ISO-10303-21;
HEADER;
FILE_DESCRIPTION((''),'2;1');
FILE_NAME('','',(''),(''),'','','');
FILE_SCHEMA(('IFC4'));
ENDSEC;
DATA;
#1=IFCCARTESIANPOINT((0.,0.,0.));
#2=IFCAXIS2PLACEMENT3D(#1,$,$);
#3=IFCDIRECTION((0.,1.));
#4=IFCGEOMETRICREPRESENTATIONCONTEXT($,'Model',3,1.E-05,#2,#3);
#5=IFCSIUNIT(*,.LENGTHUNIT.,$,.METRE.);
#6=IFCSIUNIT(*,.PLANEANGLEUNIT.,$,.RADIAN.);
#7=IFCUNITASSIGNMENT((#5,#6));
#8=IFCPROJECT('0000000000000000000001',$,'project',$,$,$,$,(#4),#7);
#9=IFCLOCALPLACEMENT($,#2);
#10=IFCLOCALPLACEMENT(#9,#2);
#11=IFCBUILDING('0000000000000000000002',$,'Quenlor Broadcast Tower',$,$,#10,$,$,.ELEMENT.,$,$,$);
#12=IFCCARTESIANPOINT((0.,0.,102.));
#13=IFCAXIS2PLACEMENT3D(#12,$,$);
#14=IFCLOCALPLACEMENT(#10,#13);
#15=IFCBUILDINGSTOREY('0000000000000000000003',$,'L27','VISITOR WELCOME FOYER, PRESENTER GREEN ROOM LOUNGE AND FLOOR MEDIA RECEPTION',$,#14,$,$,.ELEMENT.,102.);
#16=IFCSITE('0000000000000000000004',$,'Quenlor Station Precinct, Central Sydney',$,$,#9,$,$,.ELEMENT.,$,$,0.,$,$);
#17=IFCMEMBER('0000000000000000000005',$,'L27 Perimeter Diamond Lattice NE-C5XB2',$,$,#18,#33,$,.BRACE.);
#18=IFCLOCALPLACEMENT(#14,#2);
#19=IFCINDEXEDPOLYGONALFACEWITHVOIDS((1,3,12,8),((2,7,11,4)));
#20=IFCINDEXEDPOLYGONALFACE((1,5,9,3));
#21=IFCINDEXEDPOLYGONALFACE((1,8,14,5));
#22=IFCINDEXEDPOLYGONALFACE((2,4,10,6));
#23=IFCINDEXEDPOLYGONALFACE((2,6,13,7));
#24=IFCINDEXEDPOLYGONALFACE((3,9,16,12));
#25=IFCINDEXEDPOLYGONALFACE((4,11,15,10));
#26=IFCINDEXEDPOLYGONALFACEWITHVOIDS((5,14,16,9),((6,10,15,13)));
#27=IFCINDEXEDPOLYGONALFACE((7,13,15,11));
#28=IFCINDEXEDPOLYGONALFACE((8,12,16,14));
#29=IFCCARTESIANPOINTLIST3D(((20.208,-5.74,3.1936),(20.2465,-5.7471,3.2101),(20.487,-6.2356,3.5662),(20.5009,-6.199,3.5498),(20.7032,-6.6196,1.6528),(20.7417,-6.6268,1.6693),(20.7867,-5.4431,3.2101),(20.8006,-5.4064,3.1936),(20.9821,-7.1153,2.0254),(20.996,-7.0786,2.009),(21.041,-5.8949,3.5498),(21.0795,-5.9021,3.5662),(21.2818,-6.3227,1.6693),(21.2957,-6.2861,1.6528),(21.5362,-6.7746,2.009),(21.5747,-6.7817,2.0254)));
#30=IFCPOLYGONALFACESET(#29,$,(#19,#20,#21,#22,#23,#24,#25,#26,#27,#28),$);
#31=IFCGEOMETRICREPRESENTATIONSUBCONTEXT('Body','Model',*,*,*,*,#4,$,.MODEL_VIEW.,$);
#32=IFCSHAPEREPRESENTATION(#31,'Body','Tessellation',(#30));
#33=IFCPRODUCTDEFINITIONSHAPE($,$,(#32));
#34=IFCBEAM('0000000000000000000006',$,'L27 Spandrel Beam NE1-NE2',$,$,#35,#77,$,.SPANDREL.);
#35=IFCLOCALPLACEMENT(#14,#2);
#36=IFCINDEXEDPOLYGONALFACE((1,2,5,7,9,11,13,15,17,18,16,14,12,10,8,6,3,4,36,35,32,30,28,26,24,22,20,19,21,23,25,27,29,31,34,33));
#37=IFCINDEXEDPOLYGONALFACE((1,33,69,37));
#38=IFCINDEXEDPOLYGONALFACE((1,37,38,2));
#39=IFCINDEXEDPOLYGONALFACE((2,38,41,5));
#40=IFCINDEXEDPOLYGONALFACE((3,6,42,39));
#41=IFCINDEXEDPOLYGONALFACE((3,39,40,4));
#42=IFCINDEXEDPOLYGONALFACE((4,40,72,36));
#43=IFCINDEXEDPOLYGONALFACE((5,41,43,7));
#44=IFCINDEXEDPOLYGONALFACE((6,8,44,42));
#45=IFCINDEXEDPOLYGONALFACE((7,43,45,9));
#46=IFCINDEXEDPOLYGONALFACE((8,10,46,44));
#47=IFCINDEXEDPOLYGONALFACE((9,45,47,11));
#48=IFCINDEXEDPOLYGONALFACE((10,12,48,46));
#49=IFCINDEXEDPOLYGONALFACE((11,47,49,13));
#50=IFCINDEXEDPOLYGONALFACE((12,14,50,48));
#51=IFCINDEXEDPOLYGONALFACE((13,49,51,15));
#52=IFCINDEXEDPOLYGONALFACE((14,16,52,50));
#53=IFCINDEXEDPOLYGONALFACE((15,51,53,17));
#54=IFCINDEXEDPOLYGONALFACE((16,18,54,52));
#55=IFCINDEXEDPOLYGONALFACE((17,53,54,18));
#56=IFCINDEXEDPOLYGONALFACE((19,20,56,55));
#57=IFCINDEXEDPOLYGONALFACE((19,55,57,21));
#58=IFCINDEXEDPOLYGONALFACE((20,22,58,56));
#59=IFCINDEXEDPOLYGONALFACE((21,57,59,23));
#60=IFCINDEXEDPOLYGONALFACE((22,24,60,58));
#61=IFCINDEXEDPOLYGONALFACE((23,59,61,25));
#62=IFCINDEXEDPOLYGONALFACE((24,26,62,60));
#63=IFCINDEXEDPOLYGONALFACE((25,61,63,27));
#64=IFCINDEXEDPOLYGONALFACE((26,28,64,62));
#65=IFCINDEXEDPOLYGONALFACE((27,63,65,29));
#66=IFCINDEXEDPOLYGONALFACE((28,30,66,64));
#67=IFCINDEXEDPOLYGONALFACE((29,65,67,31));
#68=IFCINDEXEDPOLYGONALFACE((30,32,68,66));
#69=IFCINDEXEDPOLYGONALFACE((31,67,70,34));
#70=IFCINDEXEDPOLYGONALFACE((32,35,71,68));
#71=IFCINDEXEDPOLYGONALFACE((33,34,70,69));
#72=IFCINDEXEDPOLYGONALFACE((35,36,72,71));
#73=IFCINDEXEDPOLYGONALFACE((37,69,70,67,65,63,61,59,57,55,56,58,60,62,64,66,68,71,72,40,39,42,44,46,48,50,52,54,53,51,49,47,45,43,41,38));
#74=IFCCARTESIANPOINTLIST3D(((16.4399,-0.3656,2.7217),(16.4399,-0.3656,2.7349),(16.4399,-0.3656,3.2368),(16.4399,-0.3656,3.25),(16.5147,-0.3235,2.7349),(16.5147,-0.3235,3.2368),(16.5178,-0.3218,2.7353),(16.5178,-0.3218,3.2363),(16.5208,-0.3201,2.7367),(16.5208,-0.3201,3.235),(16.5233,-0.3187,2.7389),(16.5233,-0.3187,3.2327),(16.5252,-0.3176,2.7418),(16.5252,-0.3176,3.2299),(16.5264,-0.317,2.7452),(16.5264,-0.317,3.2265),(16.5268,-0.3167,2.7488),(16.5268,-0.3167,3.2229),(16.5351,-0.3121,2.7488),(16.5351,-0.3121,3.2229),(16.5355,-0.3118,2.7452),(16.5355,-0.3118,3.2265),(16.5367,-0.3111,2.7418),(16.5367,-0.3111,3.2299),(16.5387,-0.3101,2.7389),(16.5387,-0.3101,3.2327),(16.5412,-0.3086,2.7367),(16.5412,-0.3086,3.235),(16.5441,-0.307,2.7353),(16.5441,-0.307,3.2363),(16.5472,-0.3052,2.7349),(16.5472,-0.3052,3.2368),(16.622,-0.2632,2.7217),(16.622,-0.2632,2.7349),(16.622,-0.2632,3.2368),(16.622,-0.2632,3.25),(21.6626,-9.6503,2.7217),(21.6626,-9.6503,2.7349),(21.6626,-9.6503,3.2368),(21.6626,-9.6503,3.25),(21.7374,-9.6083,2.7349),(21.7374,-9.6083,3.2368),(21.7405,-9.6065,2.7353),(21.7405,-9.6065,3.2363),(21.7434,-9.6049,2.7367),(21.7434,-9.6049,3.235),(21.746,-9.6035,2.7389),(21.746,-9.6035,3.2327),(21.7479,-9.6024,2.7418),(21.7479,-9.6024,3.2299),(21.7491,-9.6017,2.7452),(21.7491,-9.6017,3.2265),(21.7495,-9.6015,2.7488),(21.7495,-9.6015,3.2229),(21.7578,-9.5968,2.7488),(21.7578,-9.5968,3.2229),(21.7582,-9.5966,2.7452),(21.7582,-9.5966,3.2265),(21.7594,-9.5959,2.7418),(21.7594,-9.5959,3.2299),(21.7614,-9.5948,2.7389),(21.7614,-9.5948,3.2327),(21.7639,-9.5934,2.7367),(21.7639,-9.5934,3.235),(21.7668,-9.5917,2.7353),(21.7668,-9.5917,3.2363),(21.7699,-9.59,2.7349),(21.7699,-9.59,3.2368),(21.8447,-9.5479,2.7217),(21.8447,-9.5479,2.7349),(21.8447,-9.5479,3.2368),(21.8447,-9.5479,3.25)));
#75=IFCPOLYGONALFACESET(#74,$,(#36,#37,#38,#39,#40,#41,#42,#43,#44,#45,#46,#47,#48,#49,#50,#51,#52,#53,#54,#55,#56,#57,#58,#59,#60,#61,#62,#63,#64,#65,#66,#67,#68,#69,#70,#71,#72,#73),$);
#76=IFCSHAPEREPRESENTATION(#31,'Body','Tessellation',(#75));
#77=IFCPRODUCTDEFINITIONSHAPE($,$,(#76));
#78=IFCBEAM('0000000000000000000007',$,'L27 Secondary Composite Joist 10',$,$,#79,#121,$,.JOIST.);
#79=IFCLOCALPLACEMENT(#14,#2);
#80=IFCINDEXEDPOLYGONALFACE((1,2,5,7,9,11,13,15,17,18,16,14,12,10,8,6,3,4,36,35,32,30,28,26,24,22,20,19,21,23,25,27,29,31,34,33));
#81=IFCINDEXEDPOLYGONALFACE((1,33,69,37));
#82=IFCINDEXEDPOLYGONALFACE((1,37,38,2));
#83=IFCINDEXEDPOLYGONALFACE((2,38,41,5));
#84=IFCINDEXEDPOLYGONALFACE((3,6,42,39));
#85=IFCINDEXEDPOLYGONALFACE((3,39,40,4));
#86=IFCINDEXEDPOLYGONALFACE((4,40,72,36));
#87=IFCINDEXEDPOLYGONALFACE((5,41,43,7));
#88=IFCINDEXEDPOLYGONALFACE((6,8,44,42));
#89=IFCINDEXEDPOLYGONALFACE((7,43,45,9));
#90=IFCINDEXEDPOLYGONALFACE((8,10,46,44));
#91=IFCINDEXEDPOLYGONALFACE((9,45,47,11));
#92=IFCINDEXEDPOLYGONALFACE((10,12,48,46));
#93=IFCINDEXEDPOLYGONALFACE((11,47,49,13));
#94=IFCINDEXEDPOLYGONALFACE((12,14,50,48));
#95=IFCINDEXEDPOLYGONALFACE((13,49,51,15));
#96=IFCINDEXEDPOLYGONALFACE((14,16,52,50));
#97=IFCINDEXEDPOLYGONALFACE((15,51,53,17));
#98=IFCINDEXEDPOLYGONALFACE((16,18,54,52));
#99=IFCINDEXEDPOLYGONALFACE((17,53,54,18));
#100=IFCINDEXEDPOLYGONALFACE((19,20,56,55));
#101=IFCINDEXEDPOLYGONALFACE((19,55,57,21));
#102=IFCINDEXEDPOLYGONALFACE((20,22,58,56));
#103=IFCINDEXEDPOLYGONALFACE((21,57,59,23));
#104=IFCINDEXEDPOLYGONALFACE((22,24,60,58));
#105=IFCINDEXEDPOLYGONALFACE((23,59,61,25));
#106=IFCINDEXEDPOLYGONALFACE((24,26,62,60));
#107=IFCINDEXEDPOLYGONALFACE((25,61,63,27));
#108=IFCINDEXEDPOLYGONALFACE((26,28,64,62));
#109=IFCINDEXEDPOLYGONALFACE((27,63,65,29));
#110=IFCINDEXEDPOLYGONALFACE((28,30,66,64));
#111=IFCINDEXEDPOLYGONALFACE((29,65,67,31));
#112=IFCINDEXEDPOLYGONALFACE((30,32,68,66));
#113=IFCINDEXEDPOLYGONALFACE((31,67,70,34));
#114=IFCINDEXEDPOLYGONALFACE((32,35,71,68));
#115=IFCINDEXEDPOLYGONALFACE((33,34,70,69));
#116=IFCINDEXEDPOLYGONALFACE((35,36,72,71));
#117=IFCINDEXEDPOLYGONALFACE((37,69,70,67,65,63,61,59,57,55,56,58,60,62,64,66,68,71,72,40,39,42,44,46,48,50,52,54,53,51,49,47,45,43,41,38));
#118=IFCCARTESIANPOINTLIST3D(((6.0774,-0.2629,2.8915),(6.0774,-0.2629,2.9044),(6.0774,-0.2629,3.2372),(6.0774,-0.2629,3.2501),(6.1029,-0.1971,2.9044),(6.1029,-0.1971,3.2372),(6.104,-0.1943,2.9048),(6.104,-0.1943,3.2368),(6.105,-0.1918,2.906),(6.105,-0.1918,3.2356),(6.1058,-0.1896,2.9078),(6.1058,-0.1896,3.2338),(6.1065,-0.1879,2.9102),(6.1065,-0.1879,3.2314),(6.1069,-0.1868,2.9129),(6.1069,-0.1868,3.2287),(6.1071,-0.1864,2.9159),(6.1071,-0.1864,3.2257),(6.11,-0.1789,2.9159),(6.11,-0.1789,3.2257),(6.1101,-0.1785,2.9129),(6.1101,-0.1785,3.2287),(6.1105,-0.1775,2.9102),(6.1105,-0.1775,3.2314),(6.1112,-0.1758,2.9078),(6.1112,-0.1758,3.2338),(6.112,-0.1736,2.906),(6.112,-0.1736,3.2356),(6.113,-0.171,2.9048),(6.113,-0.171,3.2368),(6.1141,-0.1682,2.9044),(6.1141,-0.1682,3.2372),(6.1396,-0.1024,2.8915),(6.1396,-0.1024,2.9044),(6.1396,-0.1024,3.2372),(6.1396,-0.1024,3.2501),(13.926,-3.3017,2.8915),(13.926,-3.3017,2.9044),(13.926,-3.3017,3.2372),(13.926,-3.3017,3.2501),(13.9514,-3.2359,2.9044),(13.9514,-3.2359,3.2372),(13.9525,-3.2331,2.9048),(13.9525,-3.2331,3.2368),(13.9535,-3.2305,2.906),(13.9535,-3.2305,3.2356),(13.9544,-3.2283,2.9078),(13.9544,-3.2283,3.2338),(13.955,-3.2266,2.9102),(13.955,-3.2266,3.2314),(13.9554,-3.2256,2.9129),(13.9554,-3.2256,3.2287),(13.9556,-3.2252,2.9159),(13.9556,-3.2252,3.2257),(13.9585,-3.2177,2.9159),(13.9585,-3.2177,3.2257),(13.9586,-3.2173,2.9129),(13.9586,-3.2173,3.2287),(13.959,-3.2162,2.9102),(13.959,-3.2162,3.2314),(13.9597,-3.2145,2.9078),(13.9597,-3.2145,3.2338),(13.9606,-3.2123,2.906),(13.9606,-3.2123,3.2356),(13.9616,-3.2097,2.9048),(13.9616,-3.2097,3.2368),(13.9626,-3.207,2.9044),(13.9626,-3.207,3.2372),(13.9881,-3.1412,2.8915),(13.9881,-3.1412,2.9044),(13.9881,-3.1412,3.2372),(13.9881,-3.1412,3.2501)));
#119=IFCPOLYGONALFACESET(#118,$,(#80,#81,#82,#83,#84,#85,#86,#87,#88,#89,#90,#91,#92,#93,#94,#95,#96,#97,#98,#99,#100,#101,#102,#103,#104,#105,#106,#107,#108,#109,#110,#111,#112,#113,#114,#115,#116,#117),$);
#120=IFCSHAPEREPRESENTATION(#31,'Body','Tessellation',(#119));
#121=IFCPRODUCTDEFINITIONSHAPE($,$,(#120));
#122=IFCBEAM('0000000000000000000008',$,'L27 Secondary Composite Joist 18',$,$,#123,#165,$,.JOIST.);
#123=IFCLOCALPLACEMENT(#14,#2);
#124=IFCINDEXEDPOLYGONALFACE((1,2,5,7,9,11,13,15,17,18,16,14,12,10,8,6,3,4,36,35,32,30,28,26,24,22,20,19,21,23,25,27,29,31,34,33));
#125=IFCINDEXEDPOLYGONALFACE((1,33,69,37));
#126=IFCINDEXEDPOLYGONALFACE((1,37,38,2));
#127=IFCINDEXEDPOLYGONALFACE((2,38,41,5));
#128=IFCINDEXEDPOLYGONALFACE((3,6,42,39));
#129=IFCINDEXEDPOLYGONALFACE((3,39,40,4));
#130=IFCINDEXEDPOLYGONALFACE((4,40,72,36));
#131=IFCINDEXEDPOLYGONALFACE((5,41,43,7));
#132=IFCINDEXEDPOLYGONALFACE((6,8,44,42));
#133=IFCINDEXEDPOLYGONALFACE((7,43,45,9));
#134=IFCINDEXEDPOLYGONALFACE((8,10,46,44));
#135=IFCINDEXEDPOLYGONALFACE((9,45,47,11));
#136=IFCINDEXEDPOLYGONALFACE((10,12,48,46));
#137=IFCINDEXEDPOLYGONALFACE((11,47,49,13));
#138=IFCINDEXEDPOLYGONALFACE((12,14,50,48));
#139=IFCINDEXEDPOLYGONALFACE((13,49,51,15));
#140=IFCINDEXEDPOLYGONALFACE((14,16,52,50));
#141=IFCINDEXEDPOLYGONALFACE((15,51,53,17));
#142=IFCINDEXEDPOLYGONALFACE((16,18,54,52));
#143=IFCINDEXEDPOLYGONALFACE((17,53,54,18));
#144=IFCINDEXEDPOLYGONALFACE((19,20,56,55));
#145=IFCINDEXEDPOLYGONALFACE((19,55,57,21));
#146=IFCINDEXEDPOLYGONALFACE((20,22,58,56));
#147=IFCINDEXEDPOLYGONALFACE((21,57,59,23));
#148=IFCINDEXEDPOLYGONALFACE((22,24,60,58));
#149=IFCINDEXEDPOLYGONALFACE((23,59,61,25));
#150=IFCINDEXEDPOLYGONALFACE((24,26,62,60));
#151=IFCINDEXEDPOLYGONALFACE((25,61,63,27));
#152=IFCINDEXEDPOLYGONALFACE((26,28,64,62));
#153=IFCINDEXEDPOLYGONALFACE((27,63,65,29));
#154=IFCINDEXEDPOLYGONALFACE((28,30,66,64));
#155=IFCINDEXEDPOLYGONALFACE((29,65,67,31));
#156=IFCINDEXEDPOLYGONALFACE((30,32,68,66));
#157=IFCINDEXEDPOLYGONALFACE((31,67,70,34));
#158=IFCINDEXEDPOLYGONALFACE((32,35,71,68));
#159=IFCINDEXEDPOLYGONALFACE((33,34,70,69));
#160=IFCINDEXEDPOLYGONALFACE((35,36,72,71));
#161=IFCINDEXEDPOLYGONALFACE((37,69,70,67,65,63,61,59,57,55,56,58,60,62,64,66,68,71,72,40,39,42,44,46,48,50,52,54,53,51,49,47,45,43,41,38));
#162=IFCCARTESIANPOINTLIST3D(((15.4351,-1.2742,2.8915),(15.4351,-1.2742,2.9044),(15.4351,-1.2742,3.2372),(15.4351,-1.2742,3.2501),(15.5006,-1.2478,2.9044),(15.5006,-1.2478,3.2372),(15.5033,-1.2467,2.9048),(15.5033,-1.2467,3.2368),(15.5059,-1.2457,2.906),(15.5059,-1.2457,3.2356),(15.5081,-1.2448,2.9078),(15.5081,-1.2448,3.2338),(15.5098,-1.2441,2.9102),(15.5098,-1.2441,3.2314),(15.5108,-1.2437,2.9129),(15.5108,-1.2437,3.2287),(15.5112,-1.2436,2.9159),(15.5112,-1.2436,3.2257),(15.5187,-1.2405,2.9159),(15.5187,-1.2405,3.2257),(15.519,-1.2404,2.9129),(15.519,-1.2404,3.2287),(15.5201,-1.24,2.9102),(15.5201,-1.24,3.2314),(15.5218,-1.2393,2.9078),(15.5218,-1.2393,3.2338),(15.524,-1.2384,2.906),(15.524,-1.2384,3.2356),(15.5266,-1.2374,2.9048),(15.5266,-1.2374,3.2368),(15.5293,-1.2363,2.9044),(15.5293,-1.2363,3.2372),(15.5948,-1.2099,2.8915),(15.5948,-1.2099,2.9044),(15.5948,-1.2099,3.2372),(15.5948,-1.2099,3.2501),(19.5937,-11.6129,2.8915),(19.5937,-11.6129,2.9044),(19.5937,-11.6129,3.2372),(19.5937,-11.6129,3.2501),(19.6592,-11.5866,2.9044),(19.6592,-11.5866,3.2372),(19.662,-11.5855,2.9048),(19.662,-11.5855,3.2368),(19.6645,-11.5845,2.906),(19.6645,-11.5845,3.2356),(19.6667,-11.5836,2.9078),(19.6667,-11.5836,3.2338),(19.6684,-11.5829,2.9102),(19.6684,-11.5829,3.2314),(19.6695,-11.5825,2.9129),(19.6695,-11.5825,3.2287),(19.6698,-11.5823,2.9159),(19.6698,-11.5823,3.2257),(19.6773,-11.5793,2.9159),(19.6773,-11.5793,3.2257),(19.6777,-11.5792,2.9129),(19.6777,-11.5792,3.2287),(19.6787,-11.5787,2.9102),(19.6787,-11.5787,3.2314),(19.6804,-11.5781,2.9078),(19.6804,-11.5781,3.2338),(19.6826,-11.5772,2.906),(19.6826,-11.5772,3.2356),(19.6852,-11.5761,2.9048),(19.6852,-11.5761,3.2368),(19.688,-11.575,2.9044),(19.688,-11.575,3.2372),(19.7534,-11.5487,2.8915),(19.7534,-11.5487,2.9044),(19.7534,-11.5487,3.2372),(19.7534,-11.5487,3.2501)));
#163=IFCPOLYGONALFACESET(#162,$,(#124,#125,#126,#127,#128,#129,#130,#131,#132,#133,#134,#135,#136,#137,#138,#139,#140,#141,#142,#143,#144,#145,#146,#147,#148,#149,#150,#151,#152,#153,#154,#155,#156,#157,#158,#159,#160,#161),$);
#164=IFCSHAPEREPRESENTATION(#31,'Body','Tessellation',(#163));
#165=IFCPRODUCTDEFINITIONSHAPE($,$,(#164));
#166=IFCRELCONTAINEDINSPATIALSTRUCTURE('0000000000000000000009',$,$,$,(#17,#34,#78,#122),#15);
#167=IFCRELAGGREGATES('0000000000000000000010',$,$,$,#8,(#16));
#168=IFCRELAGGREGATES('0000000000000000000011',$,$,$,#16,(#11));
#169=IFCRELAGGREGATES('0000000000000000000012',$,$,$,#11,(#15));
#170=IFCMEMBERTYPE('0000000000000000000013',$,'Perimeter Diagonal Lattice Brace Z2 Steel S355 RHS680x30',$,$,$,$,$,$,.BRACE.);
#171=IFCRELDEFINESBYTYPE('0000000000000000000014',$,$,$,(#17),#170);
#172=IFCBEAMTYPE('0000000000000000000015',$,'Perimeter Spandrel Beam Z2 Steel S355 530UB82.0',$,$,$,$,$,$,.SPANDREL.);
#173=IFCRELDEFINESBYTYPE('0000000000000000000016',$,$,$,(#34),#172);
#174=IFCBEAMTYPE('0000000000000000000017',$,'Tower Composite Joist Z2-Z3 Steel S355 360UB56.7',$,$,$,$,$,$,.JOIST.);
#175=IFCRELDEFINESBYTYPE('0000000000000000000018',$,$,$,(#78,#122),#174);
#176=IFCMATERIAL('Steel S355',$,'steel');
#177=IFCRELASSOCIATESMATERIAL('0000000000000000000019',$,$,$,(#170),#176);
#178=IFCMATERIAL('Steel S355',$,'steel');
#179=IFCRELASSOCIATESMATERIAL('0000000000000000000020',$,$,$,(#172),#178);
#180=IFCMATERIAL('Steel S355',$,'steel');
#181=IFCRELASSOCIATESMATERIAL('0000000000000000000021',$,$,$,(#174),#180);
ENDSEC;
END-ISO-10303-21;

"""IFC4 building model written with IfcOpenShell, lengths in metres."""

from ifc_helpers import new_model, si_unit, direction, frame, origin, origin_2d, place, context, subcontext, project, spatial, hollow_rectangle, i_section, extrude, material, material_profile, profile_set, type_object, element, save


model = new_model("IFC4")

# Units and contexts
model_context = context("Model", 3, precision=1e-05, world=origin(), true_north=direction((0.0, 1.0)))
body_context = subcontext(model_context, "Body", "Model", "MODEL_VIEW")
ifc_project = project(units=[si_unit("LENGTHUNIT", "METRE"), si_unit("PLANEANGLEUNIT", "RADIAN")], contexts=[model_context])

# Site, building, storey
site_placement = place(None, origin())
site = spatial("IfcSite", under=ifc_project, at=site_placement, Name="Quenlor Station Precinct, Central Sydney", CompositionType="ELEMENT", RefElevation=0.0)
building_placement = place(site_placement, origin())
building = spatial("IfcBuilding", under=site, at=building_placement, Name="Quenlor Broadcast Tower", CompositionType="ELEMENT")
storey_placement = place(building_placement, frame((0.0, 0.0, 102.0)))
storey = spatial("IfcBuildingStorey", under=building, at=storey_placement, Name="L27", Description="VISITOR WELCOME FOYER, PRESENTER GREEN ROOM LOUNGE AND FLOOR MEDIA RECEPTION", CompositionType="ELEMENT", Elevation=102.0)

# Member
ifc_material_1 = material(Name="Steel S355", Category="steel")
ifc_material_profile_1 = material_profile(ifc_material_1, hollow_rectangle(XDim=0.6799, YDim=0.6799, WallThickness=0.03, at=origin_2d()))
ifc_profile_set_1 = profile_set([ifc_material_profile_1], Name="Steel S355 RHS680x680x30")
member_type_1 = type_object("IfcMemberType", Name="Perimeter Diagonal Lattice Brace Z2 Steel S355 RHS680x30", PredefinedType="BRACE", material=ifc_profile_set_1)
member_1_placement = place(storey_placement, frame((21.1389, -6.7007, 1.8391), z_axis=(-0.268797, 0.477551, 0.836477), x_axis=(-0.87144, -0.490502, 0.0)))
element("IfcMember", 1, at=member_1_placement, inside=storey, type_object=member_type_1, Name="L27 Perimeter Diamond Lattice NE-C5XB2", PredefinedType="BRACE", context=body_context, shape_type="SweptSolid", body=[
    extrude(hollow_rectangle(XDim=0.6799, YDim=0.6799, WallThickness=0.03, at=origin_2d()), origin(), (0.0, 0.0, 1.0), 1.842),
])

# Beams
ifc_material_2 = material(Name="Steel S355", Category="steel")
ifc_material_profile_2 = material_profile(ifc_material_2, i_section(OverallWidth=0.209, OverallDepth=0.5283, WebThickness=0.0095, FlangeThickness=0.0132, FilletRadius=0.0139, at=origin_2d()))
ifc_profile_set_2 = profile_set([ifc_material_profile_2], Name="Steel S355 530UB82.0")
beam_type_1 = type_object("IfcBeamType", Name="Perimeter Spandrel Beam Z2 Steel S355 530UB82.0", PredefinedType="SPANDREL", material=ifc_profile_set_2)
beam_1_placement = place(storey_placement, frame((21.7537, -9.5991, 2.9858), z_axis=(-0.490263, 0.871574, 0.0), x_axis=(-0.871574, -0.490263, 0.0)))
element("IfcBeam", 2, at=beam_1_placement, inside=storey, type_object=beam_type_1, Name="L27 Spandrel Beam NE1-NE2", PredefinedType="SPANDREL", context=body_context, shape_type="SweptSolid", body=[
    extrude(i_section(OverallWidth=0.209, OverallDepth=0.5283, WebThickness=0.0095, FlangeThickness=0.0132, FilletRadius=0.0139, at=origin_2d()), origin(), (0.0, 0.0, 1.0), 10.6528),
])
ifc_material_3 = material(Name="Steel S355", Category="steel")
ifc_material_profile_3 = material_profile(ifc_material_3, i_section(OverallWidth=0.1721, OverallDepth=0.3586, WebThickness=0.0081, FlangeThickness=0.0129, FilletRadius=0.0115, at=origin_2d()))
ifc_profile_set_3 = profile_set([ifc_material_profile_3], Name="Steel S355 360UB56.7")
beam_type_2 = type_object("IfcBeamType", Name="Tower Composite Joist Z2-Z3 Steel S355 360UB56.7", PredefinedType="JOIST", material=ifc_profile_set_3)
beam_2_placement = place(storey_placement, frame((13.957, -3.2214, 3.0708), z_axis=(-0.932543, 0.36106, 0.0), x_axis=(-0.36106, -0.932543, 0.0)))
element("IfcBeam", 3, at=beam_2_placement, inside=storey, type_object=beam_type_2, Name="L27 Secondary Composite Joist 10", PredefinedType="JOIST", context=body_context, shape_type="SweptSolid", body=[
    extrude(i_section(OverallWidth=0.1721, OverallDepth=0.3586, WebThickness=0.0081, FlangeThickness=0.0129, FilletRadius=0.0115, at=origin_2d()), origin(), (0.0, 0.0, 1.0), 8.4163),
])
beam_3_placement = place(storey_placement, frame((19.6736, -11.5808, 3.0708), z_axis=(-0.37318, 0.927759, 0.0), x_axis=(-0.927759, -0.37318, 0.0)))
element("IfcBeam", 4, at=beam_3_placement, inside=storey, type_object=beam_type_2, Name="L27 Secondary Composite Joist 18", PredefinedType="JOIST", context=body_context, shape_type="SweptSolid", body=[
    extrude(i_section(OverallWidth=0.1721, OverallDepth=0.3586, WebThickness=0.0081, FlangeThickness=0.0129, FilletRadius=0.0115, at=origin_2d()), origin(), (0.0, 0.0, 1.0), 11.1438),
])

save(model, "model.ifc")
